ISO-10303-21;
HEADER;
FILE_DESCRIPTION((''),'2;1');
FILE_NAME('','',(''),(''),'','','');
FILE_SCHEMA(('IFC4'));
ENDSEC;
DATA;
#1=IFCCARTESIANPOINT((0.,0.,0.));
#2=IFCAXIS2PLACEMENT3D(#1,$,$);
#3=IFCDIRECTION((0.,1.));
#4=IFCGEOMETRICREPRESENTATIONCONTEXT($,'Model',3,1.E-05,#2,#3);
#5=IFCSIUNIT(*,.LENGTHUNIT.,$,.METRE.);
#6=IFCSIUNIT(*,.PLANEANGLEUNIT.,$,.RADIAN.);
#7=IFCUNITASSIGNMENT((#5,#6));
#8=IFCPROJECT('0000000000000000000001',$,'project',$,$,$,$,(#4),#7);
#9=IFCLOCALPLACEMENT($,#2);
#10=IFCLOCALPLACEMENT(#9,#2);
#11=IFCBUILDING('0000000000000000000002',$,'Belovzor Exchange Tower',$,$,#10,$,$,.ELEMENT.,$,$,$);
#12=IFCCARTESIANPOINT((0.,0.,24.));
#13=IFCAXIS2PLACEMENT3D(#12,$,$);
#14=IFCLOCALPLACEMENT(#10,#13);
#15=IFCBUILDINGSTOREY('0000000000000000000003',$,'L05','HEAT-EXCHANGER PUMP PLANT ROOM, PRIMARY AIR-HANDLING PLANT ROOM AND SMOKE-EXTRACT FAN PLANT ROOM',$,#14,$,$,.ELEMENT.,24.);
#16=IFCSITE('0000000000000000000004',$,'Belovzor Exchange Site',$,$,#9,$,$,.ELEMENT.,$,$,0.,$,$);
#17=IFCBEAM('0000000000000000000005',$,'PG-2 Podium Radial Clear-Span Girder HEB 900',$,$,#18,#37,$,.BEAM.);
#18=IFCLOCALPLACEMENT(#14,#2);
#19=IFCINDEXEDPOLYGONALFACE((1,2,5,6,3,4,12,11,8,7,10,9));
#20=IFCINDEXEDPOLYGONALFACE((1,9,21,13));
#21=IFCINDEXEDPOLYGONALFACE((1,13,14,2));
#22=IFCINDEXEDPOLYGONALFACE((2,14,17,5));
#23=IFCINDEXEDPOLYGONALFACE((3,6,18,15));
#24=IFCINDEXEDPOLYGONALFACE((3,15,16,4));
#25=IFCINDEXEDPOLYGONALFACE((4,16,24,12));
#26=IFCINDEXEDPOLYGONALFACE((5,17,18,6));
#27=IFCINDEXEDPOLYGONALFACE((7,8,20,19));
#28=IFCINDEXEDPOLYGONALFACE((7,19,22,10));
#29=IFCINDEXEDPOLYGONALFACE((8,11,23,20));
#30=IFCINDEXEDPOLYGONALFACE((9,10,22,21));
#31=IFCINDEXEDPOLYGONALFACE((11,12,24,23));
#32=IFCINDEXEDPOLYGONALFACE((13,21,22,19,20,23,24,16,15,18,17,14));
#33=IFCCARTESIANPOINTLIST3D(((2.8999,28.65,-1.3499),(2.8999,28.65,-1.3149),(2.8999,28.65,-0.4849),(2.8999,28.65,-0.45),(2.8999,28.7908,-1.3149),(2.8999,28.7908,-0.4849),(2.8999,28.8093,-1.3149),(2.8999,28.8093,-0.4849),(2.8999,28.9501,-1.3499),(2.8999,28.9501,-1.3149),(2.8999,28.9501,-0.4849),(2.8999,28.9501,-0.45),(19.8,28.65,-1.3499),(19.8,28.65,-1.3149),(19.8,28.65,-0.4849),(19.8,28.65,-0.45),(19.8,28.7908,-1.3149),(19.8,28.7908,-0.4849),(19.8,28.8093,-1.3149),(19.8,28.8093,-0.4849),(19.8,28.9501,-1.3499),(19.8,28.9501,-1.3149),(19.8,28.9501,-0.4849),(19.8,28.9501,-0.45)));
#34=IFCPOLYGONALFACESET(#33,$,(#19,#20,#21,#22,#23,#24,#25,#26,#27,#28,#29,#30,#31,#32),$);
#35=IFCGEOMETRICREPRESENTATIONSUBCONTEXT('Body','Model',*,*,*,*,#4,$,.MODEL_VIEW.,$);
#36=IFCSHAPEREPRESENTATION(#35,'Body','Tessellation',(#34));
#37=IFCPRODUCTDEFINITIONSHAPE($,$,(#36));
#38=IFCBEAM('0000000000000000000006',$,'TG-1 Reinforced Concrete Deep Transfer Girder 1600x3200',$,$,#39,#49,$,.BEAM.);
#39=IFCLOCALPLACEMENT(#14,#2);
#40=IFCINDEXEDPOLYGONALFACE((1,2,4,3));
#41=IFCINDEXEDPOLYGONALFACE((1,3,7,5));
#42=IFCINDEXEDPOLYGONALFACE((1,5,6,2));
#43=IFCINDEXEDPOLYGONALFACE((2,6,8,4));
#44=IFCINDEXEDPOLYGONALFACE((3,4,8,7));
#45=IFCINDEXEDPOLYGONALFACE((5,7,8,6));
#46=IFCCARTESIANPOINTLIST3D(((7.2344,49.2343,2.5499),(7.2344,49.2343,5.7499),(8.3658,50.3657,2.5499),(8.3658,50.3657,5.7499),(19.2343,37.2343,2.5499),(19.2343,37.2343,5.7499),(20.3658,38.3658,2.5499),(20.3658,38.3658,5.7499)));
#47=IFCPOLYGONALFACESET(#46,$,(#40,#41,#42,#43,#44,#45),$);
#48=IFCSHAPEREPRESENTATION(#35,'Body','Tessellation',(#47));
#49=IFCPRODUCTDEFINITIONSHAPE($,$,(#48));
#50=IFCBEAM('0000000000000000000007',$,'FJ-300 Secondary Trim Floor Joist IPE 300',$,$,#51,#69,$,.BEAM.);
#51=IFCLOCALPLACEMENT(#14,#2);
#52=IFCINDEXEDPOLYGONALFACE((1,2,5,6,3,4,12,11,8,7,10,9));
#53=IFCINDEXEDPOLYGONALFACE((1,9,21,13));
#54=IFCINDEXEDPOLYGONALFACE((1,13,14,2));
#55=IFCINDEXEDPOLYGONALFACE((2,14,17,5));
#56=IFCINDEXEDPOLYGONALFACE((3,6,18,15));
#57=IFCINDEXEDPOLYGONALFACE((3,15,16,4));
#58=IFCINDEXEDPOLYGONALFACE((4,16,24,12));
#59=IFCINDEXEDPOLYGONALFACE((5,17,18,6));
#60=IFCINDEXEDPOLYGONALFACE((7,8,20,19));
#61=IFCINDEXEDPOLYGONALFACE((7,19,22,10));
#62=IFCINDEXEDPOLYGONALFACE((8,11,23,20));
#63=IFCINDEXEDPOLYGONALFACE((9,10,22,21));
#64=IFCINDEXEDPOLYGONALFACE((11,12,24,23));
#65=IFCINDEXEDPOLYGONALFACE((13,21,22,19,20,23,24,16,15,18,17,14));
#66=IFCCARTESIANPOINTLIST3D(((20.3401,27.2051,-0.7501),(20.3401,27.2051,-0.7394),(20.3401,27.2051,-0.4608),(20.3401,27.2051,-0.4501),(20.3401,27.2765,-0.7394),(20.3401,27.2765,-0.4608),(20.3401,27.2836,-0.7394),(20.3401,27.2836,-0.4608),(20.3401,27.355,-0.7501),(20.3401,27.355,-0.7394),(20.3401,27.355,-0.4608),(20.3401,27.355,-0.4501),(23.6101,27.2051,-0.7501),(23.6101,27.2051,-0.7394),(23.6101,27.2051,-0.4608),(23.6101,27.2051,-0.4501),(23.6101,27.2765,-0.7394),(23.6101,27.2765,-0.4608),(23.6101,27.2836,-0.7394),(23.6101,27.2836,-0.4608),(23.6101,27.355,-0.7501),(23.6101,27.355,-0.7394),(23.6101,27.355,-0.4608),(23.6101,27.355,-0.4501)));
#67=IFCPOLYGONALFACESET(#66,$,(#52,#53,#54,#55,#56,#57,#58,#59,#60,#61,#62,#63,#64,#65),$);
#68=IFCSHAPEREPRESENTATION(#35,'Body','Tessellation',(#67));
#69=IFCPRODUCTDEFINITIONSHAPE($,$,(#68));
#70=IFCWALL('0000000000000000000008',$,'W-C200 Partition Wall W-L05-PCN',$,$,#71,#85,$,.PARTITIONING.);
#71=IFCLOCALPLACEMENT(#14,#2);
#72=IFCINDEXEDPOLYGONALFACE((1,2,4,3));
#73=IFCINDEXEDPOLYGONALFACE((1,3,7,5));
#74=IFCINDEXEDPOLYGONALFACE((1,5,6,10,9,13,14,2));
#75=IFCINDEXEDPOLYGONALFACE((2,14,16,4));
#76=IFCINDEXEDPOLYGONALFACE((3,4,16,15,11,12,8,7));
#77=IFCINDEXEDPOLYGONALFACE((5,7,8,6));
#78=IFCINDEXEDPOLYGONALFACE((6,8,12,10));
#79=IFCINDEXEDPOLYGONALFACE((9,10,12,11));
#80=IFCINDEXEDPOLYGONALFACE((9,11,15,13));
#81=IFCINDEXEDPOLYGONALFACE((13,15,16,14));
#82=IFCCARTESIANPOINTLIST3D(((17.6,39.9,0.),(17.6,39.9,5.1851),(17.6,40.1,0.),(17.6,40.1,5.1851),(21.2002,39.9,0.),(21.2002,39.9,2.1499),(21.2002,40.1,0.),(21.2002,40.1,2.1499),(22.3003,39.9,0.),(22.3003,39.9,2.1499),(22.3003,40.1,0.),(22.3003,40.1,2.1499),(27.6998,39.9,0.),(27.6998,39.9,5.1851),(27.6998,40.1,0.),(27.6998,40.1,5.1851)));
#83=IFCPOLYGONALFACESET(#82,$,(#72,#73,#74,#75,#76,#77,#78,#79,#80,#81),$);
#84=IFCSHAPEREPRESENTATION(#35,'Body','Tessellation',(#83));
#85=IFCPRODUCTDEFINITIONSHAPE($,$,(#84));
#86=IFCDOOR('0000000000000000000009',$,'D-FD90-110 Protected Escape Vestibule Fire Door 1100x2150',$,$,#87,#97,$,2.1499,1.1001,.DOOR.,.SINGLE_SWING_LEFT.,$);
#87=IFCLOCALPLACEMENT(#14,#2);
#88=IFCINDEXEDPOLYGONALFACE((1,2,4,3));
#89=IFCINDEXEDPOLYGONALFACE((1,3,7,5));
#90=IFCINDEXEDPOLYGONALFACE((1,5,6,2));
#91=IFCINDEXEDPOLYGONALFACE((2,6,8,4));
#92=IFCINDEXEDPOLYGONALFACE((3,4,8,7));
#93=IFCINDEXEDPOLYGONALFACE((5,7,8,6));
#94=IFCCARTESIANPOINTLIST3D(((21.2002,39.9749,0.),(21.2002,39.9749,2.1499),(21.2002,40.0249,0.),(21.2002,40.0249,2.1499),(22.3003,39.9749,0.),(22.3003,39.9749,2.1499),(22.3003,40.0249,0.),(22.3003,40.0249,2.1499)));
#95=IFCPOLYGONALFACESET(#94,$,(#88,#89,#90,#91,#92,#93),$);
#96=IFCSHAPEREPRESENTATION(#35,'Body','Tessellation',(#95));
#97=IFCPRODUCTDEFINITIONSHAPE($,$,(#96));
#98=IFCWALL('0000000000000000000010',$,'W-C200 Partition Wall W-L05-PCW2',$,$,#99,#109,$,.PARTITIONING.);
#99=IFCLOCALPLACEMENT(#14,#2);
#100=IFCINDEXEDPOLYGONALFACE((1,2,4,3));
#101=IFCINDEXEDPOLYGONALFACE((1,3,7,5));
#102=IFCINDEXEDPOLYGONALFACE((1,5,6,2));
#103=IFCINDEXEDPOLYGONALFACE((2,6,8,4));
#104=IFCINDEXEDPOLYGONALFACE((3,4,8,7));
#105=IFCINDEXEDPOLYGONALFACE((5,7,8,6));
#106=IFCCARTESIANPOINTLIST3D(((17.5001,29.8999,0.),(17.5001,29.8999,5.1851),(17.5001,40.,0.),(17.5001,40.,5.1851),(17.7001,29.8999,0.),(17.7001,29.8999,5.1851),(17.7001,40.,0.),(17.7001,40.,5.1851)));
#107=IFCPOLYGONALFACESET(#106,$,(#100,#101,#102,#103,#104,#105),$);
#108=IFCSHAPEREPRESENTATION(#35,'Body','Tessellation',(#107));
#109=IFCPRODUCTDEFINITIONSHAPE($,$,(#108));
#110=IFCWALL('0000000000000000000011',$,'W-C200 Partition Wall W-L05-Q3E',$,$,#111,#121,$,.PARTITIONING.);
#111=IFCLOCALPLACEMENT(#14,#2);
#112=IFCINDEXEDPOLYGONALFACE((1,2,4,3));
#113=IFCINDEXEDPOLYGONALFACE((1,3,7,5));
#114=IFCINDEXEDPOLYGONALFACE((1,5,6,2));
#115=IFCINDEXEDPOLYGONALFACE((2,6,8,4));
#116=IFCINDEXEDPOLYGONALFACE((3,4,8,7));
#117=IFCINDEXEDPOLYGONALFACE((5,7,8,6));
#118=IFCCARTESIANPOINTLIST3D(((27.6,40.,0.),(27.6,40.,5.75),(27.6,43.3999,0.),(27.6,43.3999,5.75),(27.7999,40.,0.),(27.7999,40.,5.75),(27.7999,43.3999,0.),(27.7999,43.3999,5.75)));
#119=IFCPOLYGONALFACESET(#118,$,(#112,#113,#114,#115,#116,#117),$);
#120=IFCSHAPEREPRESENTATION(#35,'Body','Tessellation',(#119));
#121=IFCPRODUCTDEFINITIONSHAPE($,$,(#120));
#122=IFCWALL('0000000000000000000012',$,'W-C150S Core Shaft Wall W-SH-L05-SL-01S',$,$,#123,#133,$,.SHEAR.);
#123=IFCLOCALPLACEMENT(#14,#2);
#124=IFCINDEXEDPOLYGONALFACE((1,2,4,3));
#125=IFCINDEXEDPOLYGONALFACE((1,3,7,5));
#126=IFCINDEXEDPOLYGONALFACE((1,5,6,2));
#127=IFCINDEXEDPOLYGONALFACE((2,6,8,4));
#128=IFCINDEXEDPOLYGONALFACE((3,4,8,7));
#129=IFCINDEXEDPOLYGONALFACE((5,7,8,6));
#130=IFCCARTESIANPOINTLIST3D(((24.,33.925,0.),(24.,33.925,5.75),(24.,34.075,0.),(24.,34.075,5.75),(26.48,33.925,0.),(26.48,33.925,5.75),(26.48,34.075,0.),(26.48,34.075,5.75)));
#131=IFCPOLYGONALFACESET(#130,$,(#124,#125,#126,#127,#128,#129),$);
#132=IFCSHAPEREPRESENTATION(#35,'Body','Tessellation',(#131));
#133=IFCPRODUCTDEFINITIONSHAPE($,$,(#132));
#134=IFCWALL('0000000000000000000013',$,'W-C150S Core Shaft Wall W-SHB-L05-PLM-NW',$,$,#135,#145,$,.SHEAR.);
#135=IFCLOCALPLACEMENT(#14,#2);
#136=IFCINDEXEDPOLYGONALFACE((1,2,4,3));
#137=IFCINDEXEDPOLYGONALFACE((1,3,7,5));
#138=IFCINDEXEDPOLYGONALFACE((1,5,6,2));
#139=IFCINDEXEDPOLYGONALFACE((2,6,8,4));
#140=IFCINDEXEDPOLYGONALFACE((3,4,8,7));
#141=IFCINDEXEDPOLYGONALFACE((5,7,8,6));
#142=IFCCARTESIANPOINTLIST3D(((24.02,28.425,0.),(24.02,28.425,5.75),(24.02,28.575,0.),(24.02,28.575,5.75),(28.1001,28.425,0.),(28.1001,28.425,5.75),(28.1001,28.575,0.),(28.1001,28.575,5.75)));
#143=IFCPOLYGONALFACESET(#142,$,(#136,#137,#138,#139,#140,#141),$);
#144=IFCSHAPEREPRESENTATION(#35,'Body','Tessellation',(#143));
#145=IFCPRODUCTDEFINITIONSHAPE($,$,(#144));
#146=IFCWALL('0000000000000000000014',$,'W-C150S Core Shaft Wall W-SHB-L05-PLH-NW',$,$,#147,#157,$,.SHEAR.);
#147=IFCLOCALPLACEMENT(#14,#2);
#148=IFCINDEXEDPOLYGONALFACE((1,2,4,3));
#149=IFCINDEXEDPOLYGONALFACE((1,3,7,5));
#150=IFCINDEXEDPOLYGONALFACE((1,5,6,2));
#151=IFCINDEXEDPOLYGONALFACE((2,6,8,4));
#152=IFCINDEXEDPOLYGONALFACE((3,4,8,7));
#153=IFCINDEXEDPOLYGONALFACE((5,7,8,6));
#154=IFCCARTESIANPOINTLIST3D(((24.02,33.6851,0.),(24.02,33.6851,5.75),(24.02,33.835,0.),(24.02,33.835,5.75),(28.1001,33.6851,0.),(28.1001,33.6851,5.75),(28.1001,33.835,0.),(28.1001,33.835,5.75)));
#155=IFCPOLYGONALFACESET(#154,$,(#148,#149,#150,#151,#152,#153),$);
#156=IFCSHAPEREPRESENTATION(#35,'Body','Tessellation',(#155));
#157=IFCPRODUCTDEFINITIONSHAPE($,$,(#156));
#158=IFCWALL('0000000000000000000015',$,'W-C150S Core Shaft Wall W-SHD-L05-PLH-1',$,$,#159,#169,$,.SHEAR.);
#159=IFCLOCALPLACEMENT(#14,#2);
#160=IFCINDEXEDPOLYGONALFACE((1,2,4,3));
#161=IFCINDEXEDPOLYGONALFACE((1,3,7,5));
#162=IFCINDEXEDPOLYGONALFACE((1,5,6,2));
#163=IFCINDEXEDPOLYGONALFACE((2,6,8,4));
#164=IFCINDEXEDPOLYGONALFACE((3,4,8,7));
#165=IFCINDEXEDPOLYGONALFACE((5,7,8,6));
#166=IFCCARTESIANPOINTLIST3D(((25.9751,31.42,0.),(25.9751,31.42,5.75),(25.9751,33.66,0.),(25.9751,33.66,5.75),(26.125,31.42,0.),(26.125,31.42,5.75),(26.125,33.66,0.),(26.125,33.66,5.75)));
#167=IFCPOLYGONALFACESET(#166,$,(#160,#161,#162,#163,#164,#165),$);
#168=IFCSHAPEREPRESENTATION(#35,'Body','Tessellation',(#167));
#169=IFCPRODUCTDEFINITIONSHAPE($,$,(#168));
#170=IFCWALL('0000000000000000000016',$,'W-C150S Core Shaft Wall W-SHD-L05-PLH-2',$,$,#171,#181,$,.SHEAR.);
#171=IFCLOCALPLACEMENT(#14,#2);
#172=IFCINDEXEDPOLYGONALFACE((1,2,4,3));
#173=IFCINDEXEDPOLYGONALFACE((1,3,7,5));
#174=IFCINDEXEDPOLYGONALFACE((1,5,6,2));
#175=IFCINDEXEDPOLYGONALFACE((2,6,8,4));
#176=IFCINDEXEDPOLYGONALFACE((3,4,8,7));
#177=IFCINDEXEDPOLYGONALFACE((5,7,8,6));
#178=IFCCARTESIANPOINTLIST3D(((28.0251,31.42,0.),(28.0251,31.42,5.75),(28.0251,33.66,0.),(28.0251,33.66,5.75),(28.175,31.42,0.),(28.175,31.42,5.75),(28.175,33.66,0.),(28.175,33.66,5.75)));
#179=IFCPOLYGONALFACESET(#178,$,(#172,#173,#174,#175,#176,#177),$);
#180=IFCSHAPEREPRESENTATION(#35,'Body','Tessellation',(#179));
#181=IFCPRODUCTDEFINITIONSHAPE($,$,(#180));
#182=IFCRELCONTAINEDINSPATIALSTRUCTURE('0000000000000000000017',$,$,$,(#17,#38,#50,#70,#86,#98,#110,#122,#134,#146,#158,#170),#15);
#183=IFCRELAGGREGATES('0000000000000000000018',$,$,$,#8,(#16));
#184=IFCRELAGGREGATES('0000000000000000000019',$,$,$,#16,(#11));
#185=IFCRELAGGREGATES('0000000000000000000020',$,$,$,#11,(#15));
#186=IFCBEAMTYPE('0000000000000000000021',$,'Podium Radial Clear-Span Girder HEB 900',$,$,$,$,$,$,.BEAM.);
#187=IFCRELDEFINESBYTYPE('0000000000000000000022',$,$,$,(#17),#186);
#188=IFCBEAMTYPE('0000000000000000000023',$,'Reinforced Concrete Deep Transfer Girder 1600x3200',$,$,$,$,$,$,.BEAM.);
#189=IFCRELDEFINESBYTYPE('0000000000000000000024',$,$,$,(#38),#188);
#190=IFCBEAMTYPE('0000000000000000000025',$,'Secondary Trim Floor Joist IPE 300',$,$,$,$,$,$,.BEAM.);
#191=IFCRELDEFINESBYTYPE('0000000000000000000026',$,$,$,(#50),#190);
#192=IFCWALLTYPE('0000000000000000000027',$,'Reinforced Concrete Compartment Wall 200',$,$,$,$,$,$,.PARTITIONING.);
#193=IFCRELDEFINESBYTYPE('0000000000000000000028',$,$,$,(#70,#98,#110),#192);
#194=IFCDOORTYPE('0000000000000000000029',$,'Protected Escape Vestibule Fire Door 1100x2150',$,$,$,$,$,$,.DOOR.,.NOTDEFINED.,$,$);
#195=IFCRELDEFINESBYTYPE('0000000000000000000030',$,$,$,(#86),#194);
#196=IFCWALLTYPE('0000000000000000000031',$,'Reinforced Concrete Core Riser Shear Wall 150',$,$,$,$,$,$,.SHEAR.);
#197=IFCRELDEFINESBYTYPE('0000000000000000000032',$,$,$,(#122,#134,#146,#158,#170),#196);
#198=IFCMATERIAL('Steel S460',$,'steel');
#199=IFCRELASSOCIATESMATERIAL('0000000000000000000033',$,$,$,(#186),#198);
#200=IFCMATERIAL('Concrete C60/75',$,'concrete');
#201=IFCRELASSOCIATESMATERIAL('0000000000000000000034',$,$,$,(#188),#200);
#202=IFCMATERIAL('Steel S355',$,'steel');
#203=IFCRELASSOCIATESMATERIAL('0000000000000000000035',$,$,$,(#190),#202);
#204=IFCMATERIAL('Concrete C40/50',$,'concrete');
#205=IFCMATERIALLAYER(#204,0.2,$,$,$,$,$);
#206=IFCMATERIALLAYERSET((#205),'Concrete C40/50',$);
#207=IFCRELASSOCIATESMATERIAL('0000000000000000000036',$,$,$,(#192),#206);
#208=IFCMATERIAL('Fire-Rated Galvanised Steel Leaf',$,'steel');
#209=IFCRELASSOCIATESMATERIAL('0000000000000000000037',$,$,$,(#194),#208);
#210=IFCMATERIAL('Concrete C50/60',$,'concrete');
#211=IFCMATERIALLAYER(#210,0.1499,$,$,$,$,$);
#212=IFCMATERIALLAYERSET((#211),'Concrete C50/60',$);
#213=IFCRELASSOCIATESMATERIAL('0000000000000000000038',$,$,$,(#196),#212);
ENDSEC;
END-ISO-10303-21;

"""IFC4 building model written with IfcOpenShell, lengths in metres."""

from ifc_helpers import new_model, si_unit, direction, frame, frame_2d, origin, origin_2d, place, context, subcontext, project, spatial, rectangle, i_section, extrude, material, layer, layer_set, material_profile, profile_set, type_object, element, fill, save


model = new_model("IFC4")

# Units and contexts
model_context = context("Model", 3, precision=1e-05, world=origin(), true_north=direction((0.0, 1.0)))
body_context = subcontext(model_context, "Body", "Model", "MODEL_VIEW")
ifc_project = project(units=[si_unit("LENGTHUNIT", "METRE"), si_unit("PLANEANGLEUNIT", "RADIAN")], contexts=[model_context])

# Site, building, storey
site_placement = place(None, origin())
site = spatial("IfcSite", under=ifc_project, at=site_placement, Name="Belovzor Exchange Site", CompositionType="ELEMENT", RefElevation=0.0)
building_placement = place(site_placement, origin())
building = spatial("IfcBuilding", under=site, at=building_placement, Name="Belovzor Exchange Tower", CompositionType="ELEMENT")
storey_placement = place(building_placement, frame((0.0, 0.0, 24.0)))
storey = spatial("IfcBuildingStorey", under=building, at=storey_placement, Name="L05", Description="HEAT-EXCHANGER PUMP PLANT ROOM, PRIMARY AIR-HANDLING PLANT ROOM AND SMOKE-EXTRACT FAN PLANT ROOM", CompositionType="ELEMENT", Elevation=24.0)

# Beams
ifc_material_1 = material(Name="Steel S460", Category="steel")
ifc_material_profile_1 = material_profile(ifc_material_1, i_section(OverallWidth=0.3, OverallDepth=0.8999, WebThickness=0.0186, FlangeThickness=0.0349, at=origin_2d()))
ifc_profile_set_1 = profile_set([ifc_material_profile_1], Name="Steel S460")
beam_type_1 = type_object("IfcBeamType", Name="Podium Radial Clear-Span Girder HEB 900", PredefinedType="BEAM", material=ifc_profile_set_1)
beam_1_placement = place(storey_placement, frame((19.8, 28.8, -0.8999), z_axis=(-1.0, 0.0, 0.0), x_axis=(0.0, -1.0, 0.0)))
element("IfcBeam", 1, at=beam_1_placement, inside=storey, type_object=beam_type_1, Name="PG-2 Podium Radial Clear-Span Girder HEB 900", PredefinedType="BEAM", context=body_context, shape_type="SweptSolid", body=[
    extrude(i_section(OverallWidth=0.3, OverallDepth=0.8999, WebThickness=0.0186, FlangeThickness=0.0349, at=origin_2d()), origin(), (0.0, 0.0, 1.0), 16.9001),
])
ifc_material_2 = material(Name="Concrete C60/75", Category="concrete")
ifc_material_profile_2 = material_profile(ifc_material_2, rectangle(XDim=1.6001, YDim=3.2, at=origin_2d()))
ifc_profile_set_2 = profile_set([ifc_material_profile_2], Name="Concrete C60/75")
beam_type_2 = type_object("IfcBeamType", Name="Reinforced Concrete Deep Transfer Girder 1600x3200", PredefinedType="BEAM", material=ifc_profile_set_2)
beam_2_placement = place(storey_placement, frame((19.8, 37.8, 4.1499), z_axis=(-0.707107, 0.707107, 0.0), x_axis=(-0.707107, -0.707107, 0.0)))
element("IfcBeam", 2, at=beam_2_placement, inside=storey, type_object=beam_type_2, Name="TG-1 Reinforced Concrete Deep Transfer Girder 1600x3200", PredefinedType="BEAM", context=body_context, shape_type="SweptSolid", body=[
    extrude(rectangle(XDim=1.6001, YDim=3.2, at=origin_2d()), origin(), (0.0, 0.0, 1.0), 16.9705),
])
ifc_material_3 = material(Name="Steel S355", Category="steel")
ifc_material_profile_3 = material_profile(ifc_material_3, i_section(OverallWidth=0.1499, OverallDepth=0.3, WebThickness=0.0071, FlangeThickness=0.0107, at=origin_2d()))
ifc_profile_set_3 = profile_set([ifc_material_profile_3], Name="Steel S355")
beam_type_3 = type_object("IfcBeamType", Name="Secondary Trim Floor Joist IPE 300", PredefinedType="BEAM", material=ifc_profile_set_3)
beam_3_placement = place(storey_placement, frame((20.3401, 27.28, -0.6001), z_axis=(1.0, 0.0, 0.0), x_axis=(0.0, 1.0, 0.0)))
element("IfcBeam", 3, at=beam_3_placement, inside=storey, type_object=beam_type_3, Name="FJ-300 Secondary Trim Floor Joist IPE 300", PredefinedType="BEAM", context=body_context, shape_type="SweptSolid", body=[
    extrude(i_section(OverallWidth=0.1499, OverallDepth=0.3, WebThickness=0.0071, FlangeThickness=0.0107, at=origin_2d()), origin(), (0.0, 0.0, 1.0), 3.27),
])

# Wall, opening, door
ifc_material_4 = material(Name="Concrete C40/50", Category="concrete")
ifc_layer_1 = layer(ifc_material_4, 0.2)
ifc_layer_set_1 = layer_set([ifc_layer_1], Name="Concrete C40/50")
wall_type_1 = type_object("IfcWallType", Name="Reinforced Concrete Compartment Wall 200", PredefinedType="PARTITIONING", material=ifc_layer_set_1)
wall_1_placement = place(storey_placement, frame((17.6001, 40.0, 0.0), z_axis=(0.0, 0.0, 1.0), x_axis=(1.0, 0.0, 0.0)))
wall_1 = element("IfcWall", 4, at=wall_1_placement, inside=storey, type_object=wall_type_1, Name="W-C200 Partition Wall W-L05-PCN", PredefinedType="PARTITIONING", context=body_context, shape_type="SweptSolid", body=[
    extrude(rectangle(XDim=10.0999, YDim=0.2, at=frame_2d((5.0498, 0.0))), origin(), (0.0, 0.0, 1.0), 5.1851),
])
opening_1_placement = place(wall_1_placement, frame((3.6001, 0.0, 0.0)))
opening_1 = element("IfcOpeningElement", 5, at=opening_1_placement, cuts=wall_1, PredefinedType="OPENING", context=body_context, shape_type="SweptSolid", body=[
    extrude(rectangle(XDim=1.1001, YDim=2.1499, at=frame_2d((0.55, 1.075))), frame((0.0, 0.1099, 0.0), z_axis=(0.0, -1.0, 0.0), x_axis=(1.0, 0.0, 0.0)), (0.0, 0.0, 1.0), 0.22),
])
ifc_material_5 = material(Name="Fire-Rated Galvanised Steel Leaf", Category="steel")
door_type_1 = type_object("IfcDoorType", Name="Protected Escape Vestibule Fire Door 1100x2150", OperationType="NOTDEFINED", PredefinedType="DOOR", material=ifc_material_5)
door_1_placement = place(opening_1_placement, origin())
door_1 = element("IfcDoor", 6, at=door_1_placement, inside=storey, type_object=door_type_1, Name="D-FD90-110 Protected Escape Vestibule Fire Door 1100x2150", OperationType="SINGLE_SWING_LEFT", OverallHeight=2.1499, OverallWidth=1.1001, PredefinedType="DOOR", context=body_context, shape_type="SweptSolid", body=[
    extrude(rectangle(XDim=1.1001, YDim=2.1499, at=frame_2d((0.55, 1.075))), frame((0.0, 0.0249, 0.0), z_axis=(0.0, -1.0, 0.0), x_axis=(1.0, 0.0, 0.0)), (0.0, 0.0, 1.0), 0.05),
])
fill(opening_1, door_1)

# Walls
wall_2_placement = place(storey_placement, frame((17.6001, 29.8999, 0.0), z_axis=(0.0, 0.0, 1.0), x_axis=(0.0, 1.0, 0.0)))
element("IfcWall", 7, at=wall_2_placement, inside=storey, type_object=wall_type_1, Name="W-C200 Partition Wall W-L05-PCW2", PredefinedType="PARTITIONING", context=body_context, shape_type="SweptSolid", body=[
    extrude(rectangle(XDim=10.1001, YDim=0.2, at=frame_2d((5.05, 0.0))), origin(), (0.0, 0.0, 1.0), 5.1851),
])
wall_3_placement = place(storey_placement, frame((27.7, 40.0, 0.0), z_axis=(0.0, 0.0, 1.0), x_axis=(0.0, 1.0, 0.0)))
element("IfcWall", 8, at=wall_3_placement, inside=storey, type_object=wall_type_1, Name="W-C200 Partition Wall W-L05-Q3E", PredefinedType="PARTITIONING", context=body_context, shape_type="SweptSolid", body=[
    extrude(rectangle(XDim=3.3999, YDim=0.2, at=frame_2d((1.7, 0.0))), origin(), (0.0, 0.0, 1.0), 5.75),
])
ifc_material_6 = material(Name="Concrete C50/60", Category="concrete")
ifc_layer_2 = layer(ifc_material_6, 0.1499)
ifc_layer_set_2 = layer_set([ifc_layer_2], Name="Concrete C50/60")
wall_type_2 = type_object("IfcWallType", Name="Reinforced Concrete Core Riser Shear Wall 150", PredefinedType="SHEAR", material=ifc_layer_set_2)
wall_4_placement = place(storey_placement, frame((24.0, 34.0, 0.0), z_axis=(0.0, 0.0, 1.0), x_axis=(1.0, 0.0, 0.0)))
element("IfcWall", 9, at=wall_4_placement, inside=storey, type_object=wall_type_2, Name="W-C150S Core Shaft Wall W-SH-L05-SL-01S", PredefinedType="SHEAR", context=body_context, shape_type="SweptSolid", body=[
    extrude(rectangle(XDim=2.48, YDim=0.1499, at=frame_2d((1.24, 0.0))), origin(), (0.0, 0.0, 1.0), 5.75),
])
for number, where, z_axis, x_axis, name in (
    (10, (24.02, 28.5, 0.0), (0.0, 0.0, 1.0), (1.0, 0.0, 0.0), "W-C150S Core Shaft Wall W-SHB-L05-PLM-NW"),
    (11, (24.02, 33.76, 0.0), (0.0, 0.0, 1.0), (1.0, 0.0, 0.0), "W-C150S Core Shaft Wall W-SHB-L05-PLH-NW"),
):
    element("IfcWall", number, at=place(storey_placement, frame(where, z_axis=z_axis, x_axis=x_axis)), inside=storey, type_object=wall_type_2, Name=name, PredefinedType="SHEAR", context=body_context, shape_type="SweptSolid", body=[
        extrude(rectangle(XDim=4.0801, YDim=0.1499, at=frame_2d((2.04, 0.0))), origin(), (0.0, 0.0, 1.0), 5.75),
    ])
for number, where, z_axis, x_axis, name in (
    (12, (26.05, 31.4199, 0.0), (0.0, 0.0, 1.0), (0.0, 1.0, 0.0), "W-C150S Core Shaft Wall W-SHD-L05-PLH-1"),
    (13, (28.1001, 31.4199, 0.0), (0.0, 0.0, 1.0), (0.0, 1.0, 0.0), "W-C150S Core Shaft Wall W-SHD-L05-PLH-2"),
):
    element("IfcWall", number, at=place(storey_placement, frame(where, z_axis=z_axis, x_axis=x_axis)), inside=storey, type_object=wall_type_2, Name=name, PredefinedType="SHEAR", context=body_context, shape_type="SweptSolid", body=[
        extrude(rectangle(XDim=2.24, YDim=0.1499, at=frame_2d((1.1201, 0.0))), origin(), (0.0, 0.0, 1.0), 5.75),
    ])

save(model, "model.ifc")
